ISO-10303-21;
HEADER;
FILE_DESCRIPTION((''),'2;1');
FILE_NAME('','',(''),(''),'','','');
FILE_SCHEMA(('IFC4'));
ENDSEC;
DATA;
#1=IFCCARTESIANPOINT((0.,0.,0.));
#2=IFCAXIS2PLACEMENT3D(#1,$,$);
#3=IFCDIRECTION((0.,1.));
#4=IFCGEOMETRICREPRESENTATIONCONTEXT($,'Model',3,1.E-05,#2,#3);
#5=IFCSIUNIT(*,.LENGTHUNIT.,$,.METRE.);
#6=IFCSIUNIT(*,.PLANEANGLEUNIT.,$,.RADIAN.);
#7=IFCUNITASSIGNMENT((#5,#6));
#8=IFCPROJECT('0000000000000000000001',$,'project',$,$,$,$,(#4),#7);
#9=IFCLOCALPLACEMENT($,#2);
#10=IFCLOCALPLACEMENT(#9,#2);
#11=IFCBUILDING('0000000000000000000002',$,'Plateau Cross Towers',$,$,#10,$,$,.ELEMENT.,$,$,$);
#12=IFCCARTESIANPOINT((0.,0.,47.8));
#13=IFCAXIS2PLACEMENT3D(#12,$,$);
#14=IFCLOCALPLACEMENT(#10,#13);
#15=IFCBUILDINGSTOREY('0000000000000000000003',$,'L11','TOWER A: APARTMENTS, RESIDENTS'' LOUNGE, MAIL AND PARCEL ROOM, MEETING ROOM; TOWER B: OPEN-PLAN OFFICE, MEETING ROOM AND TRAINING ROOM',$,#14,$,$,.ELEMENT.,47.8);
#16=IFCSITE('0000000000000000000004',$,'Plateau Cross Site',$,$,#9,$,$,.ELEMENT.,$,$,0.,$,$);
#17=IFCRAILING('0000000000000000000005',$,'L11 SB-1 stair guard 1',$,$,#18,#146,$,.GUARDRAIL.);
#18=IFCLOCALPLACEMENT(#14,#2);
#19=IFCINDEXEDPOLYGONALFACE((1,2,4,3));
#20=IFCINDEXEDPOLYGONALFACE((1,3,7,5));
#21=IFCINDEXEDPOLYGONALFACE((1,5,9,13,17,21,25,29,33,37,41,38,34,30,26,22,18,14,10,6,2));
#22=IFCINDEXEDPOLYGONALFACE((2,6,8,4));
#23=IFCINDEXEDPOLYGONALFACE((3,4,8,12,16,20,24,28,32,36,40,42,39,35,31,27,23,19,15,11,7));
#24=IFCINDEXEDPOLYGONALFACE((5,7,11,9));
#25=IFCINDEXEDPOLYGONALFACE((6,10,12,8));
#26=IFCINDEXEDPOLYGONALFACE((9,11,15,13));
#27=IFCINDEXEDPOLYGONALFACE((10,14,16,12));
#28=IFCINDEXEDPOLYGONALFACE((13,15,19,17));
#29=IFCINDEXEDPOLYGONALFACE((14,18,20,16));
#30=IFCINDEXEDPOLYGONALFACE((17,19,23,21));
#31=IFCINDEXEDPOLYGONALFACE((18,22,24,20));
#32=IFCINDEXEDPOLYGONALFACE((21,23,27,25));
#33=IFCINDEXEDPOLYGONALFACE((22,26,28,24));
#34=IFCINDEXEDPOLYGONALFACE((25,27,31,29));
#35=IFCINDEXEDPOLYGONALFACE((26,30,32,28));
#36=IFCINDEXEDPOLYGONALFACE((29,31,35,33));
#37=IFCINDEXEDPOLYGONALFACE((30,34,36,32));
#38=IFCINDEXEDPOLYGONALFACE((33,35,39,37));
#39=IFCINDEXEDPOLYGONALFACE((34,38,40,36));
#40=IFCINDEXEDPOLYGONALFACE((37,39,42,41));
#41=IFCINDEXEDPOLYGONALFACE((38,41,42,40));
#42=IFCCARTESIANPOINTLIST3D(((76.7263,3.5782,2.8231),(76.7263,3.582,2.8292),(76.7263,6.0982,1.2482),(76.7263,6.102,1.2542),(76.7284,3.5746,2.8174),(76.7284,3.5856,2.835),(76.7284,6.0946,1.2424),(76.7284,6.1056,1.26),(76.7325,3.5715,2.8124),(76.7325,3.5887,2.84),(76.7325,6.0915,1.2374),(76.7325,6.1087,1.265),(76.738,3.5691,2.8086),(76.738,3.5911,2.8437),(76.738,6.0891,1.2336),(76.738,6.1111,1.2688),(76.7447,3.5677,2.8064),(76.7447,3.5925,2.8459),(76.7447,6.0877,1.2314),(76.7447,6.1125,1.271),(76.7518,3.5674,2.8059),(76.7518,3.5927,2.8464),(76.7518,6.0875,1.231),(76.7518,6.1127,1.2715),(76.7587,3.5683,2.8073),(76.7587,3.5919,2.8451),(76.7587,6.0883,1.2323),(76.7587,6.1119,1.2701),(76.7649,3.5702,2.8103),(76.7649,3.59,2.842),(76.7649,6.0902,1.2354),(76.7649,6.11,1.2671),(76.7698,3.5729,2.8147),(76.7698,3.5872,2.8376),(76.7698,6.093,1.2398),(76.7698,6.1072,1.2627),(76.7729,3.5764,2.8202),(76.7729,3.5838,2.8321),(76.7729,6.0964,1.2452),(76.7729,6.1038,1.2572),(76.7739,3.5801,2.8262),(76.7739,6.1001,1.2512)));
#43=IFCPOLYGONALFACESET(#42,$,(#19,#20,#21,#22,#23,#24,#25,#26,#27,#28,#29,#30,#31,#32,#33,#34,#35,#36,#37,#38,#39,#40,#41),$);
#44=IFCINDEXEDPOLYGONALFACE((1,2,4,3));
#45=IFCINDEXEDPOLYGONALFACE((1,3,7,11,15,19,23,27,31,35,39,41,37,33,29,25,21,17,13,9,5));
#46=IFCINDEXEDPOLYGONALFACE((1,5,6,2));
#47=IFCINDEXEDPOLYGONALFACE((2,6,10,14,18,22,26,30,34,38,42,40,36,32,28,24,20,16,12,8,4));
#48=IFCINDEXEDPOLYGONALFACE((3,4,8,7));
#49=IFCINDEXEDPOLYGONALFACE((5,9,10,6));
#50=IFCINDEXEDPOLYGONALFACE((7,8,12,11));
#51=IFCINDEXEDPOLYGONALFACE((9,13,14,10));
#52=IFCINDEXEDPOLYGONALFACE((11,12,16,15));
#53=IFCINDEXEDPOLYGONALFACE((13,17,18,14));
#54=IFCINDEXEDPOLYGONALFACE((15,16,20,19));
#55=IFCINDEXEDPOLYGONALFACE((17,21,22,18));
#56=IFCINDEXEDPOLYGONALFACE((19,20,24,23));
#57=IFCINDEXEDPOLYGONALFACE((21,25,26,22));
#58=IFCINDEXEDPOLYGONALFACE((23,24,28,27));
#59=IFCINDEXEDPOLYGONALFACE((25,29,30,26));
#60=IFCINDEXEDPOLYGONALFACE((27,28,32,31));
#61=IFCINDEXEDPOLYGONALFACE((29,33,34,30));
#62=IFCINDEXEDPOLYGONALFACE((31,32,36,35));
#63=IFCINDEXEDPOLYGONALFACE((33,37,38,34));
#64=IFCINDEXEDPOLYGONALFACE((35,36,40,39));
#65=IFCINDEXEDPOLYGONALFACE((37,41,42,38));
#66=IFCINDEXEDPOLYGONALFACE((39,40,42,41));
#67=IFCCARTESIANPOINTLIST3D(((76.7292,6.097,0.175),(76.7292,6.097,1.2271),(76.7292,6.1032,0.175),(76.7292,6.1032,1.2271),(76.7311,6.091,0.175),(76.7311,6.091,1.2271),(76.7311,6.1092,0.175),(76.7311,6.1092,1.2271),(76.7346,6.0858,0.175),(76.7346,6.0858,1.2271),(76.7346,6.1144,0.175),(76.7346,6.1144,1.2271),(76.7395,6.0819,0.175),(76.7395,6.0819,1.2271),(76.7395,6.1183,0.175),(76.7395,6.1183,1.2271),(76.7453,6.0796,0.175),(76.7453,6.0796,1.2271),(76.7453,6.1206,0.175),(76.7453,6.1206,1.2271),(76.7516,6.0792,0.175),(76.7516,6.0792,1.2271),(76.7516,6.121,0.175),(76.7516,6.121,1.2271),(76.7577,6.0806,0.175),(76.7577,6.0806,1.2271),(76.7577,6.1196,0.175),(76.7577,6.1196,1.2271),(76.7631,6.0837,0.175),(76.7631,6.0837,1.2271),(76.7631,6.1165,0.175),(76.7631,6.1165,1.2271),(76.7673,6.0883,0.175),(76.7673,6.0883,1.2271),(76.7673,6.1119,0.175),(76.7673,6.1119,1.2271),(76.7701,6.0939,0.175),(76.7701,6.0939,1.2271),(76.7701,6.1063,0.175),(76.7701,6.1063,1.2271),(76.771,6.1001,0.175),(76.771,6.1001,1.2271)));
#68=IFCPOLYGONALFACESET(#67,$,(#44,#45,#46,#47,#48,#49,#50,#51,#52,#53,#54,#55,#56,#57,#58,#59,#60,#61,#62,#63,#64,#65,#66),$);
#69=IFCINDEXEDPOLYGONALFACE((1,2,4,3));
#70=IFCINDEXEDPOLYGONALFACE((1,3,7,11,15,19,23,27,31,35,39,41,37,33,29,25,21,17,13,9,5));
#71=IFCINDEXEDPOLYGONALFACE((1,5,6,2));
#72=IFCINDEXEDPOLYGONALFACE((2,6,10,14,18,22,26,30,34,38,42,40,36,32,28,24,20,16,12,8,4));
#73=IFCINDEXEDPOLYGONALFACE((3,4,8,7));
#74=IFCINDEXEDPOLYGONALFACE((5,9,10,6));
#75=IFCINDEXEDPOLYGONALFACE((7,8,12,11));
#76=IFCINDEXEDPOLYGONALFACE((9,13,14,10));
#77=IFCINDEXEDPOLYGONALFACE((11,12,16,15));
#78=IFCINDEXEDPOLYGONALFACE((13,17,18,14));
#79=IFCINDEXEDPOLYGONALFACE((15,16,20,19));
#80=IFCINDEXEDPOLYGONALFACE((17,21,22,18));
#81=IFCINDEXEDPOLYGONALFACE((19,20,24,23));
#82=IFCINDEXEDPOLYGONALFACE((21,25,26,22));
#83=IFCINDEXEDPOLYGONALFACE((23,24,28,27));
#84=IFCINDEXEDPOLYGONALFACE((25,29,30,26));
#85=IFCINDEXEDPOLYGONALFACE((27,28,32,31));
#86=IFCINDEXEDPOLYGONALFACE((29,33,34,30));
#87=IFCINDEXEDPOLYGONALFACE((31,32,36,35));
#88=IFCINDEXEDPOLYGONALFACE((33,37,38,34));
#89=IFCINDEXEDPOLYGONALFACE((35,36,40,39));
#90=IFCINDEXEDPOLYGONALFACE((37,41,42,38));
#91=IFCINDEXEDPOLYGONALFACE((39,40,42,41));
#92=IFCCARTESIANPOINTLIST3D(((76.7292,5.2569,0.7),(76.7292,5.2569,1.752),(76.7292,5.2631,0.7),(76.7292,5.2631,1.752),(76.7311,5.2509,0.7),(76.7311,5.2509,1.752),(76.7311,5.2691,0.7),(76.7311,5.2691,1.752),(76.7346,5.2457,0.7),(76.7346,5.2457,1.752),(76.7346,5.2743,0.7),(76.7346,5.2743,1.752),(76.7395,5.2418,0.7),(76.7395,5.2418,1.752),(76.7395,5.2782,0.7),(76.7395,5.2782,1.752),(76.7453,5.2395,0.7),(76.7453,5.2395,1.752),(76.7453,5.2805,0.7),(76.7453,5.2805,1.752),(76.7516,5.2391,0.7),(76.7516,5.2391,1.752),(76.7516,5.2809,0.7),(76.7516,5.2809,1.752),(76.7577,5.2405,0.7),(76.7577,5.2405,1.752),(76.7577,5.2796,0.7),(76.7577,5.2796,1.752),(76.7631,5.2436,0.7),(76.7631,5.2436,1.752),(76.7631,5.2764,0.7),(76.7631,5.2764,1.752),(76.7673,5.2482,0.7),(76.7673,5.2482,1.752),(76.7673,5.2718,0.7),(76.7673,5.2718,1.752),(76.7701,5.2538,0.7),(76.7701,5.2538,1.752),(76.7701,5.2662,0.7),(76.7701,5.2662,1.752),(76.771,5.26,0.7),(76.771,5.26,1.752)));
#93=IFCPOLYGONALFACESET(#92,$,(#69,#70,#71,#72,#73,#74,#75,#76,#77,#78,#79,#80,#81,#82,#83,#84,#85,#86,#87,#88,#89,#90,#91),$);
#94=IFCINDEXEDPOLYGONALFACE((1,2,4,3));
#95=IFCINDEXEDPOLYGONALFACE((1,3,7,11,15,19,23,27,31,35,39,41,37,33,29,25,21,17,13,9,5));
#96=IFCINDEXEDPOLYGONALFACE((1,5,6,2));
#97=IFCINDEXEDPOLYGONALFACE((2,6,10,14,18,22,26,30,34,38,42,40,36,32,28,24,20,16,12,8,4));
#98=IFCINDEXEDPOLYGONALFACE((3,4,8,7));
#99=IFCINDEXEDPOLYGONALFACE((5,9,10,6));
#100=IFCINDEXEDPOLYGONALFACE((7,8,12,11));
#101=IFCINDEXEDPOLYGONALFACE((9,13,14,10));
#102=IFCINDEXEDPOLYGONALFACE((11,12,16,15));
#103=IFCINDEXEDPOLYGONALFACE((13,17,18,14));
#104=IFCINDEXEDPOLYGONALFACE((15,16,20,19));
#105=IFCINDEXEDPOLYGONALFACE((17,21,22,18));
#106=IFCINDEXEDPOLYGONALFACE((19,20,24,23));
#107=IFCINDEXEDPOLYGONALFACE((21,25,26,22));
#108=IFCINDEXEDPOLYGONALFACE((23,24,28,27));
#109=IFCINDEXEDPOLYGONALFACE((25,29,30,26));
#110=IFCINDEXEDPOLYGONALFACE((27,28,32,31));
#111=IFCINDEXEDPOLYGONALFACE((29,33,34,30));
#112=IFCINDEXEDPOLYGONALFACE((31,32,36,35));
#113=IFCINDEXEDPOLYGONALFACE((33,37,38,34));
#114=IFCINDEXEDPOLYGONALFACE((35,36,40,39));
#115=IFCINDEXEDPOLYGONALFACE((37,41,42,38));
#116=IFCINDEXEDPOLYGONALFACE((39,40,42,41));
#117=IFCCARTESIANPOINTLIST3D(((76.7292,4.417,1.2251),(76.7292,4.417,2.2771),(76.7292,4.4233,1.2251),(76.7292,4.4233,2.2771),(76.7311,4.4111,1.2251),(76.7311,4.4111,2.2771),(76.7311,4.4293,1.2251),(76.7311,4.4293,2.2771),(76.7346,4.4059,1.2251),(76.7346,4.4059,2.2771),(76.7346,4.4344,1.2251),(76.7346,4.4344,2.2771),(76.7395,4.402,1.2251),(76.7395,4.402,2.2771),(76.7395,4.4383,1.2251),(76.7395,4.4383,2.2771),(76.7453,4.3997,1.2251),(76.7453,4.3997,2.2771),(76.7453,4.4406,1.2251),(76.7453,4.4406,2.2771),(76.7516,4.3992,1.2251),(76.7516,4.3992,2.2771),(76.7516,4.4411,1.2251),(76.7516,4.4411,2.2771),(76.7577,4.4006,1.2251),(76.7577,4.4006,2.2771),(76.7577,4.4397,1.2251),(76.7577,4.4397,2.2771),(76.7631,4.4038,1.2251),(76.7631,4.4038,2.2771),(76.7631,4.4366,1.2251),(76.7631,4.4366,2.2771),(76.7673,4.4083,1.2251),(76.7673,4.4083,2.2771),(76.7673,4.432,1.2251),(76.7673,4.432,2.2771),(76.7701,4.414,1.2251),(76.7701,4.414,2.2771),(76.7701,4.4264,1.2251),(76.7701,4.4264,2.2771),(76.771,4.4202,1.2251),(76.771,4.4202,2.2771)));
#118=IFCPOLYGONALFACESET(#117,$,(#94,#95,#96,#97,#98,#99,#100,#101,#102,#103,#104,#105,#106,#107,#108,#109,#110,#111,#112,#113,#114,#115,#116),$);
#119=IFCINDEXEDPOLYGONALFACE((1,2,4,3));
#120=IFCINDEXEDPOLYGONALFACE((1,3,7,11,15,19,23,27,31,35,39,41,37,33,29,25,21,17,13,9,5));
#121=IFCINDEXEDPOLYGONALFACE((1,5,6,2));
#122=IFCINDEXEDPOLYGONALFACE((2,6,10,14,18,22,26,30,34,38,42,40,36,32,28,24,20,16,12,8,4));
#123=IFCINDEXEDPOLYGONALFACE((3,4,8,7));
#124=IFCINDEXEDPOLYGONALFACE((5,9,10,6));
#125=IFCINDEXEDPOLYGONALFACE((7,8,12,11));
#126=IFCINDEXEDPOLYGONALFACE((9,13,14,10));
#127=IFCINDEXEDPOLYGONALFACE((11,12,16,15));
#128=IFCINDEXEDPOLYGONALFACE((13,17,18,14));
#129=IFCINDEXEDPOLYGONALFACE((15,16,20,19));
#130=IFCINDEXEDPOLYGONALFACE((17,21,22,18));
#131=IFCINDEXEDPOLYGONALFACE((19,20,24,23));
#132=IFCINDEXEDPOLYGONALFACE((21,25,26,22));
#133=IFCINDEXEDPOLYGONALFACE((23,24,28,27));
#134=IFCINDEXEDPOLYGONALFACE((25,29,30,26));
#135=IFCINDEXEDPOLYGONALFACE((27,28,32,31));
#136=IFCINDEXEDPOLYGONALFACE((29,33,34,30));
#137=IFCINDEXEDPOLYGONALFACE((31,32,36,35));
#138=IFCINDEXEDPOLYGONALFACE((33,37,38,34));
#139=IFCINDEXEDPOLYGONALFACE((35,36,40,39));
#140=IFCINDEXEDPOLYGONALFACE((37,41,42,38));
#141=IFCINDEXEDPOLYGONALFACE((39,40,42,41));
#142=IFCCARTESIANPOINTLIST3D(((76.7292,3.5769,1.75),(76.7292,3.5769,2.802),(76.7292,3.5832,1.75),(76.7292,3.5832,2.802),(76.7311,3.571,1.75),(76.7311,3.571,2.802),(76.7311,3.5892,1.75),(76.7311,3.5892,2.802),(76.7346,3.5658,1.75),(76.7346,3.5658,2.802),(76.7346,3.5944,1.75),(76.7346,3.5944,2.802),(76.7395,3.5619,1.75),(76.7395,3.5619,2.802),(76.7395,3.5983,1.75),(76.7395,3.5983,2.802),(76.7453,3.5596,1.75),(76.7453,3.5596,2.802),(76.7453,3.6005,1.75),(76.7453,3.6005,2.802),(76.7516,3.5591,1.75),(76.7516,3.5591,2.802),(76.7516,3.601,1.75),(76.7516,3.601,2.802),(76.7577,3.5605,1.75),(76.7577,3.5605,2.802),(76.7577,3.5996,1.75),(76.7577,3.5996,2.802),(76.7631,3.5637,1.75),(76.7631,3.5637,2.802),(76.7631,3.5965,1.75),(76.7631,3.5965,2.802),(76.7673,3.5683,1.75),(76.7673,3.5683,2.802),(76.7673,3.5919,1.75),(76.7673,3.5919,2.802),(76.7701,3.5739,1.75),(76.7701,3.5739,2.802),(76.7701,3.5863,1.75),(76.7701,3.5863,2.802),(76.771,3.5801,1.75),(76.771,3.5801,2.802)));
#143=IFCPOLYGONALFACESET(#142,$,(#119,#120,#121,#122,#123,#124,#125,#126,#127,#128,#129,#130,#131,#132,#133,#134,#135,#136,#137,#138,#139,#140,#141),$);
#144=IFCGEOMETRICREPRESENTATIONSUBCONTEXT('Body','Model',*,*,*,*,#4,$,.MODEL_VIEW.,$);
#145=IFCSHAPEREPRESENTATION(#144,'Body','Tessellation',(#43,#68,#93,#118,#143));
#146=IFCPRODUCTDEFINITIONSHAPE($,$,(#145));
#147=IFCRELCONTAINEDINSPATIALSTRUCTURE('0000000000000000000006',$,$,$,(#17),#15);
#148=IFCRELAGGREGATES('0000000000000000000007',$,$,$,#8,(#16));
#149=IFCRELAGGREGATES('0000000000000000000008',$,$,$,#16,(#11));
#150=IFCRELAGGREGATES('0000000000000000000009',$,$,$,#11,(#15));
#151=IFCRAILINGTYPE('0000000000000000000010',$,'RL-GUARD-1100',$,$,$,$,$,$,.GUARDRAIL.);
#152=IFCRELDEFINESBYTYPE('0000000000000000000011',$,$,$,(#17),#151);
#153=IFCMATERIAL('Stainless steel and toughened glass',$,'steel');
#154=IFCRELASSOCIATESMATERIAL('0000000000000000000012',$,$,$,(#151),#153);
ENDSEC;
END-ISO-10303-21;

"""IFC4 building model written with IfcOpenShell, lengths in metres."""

from ifc_helpers import new_model, si_unit, direction, frame, origin, origin_2d, place, context, subcontext, project, spatial, circle, extrude, material, type_object, element, save


model = new_model("IFC4")

# Units and contexts
model_context = context("Model", 3, precision=1e-05, world=origin(), true_north=direction((0.0, 1.0)))
body_context = subcontext(model_context, "Body", "Model", "MODEL_VIEW")
ifc_project = project(units=[si_unit("LENGTHUNIT", "METRE"), si_unit("PLANEANGLEUNIT", "RADIAN")], contexts=[model_context])

# Site, building, storey
site_placement = place(None, origin())
site = spatial("IfcSite", under=ifc_project, at=site_placement, Name="Plateau Cross Site", CompositionType="ELEMENT", RefElevation=0.0)
building_placement = place(site_placement, origin())
building = spatial("IfcBuilding", under=site, at=building_placement, Name="Plateau Cross Towers", CompositionType="ELEMENT")
storey_placement = place(building_placement, frame((0.0, 0.0, 47.8)))
storey = spatial("IfcBuildingStorey", under=building, at=storey_placement, Name="L11", Description="TOWER A: APARTMENTS, RESIDENTS' LOUNGE, MAIL AND PARCEL ROOM, MEETING ROOM; TOWER B: OPEN-PLAN OFFICE, MEETING ROOM AND TRAINING ROOM", CompositionType="ELEMENT", Elevation=47.8)

# Railing
ifc_material_1 = material(Name="Stainless steel and toughened glass", Category="steel")
railing_type_1 = type_object("IfcRailingType", Name="RL-GUARD-1100", PredefinedType="GUARDRAIL", material=ifc_material_1)
railing_1_placement = place(storey_placement, frame((76.75, 6.1001, 0.175)))
element("IfcRailing", 1, at=railing_1_placement, inside=storey, type_object=railing_type_1, Name="L11 SB-1 stair guard 1", PredefinedType="GUARDRAIL", context=body_context, shape_type="SweptSolid", body=[
    extrude(circle(Radius=0.0239, at=origin_2d()), frame((0.0, 0.0, 1.0762), z_axis=(0.0, -0.848008, 0.529984), x_axis=(1.0, 0.0, 0.0)), (0.0, 0.0, 1.0), 2.9717),
    extrude(circle(Radius=0.021, at=origin_2d()), origin(), (0.0, 0.0, 1.0), 1.052),
    extrude(circle(Radius=0.021, at=origin_2d()), frame((0.0, -0.8401, 0.5249)), (0.0, 0.0, 1.0), 1.052),
    extrude(circle(Radius=0.021, at=origin_2d()), frame((0.0, -1.6799, 1.05)), (0.0, 0.0, 1.0), 1.052),
    extrude(circle(Radius=0.021, at=origin_2d()), frame((0.0, -2.52, 1.575)), (0.0, 0.0, 1.0), 1.052),
])

save(model, "model.ifc")
